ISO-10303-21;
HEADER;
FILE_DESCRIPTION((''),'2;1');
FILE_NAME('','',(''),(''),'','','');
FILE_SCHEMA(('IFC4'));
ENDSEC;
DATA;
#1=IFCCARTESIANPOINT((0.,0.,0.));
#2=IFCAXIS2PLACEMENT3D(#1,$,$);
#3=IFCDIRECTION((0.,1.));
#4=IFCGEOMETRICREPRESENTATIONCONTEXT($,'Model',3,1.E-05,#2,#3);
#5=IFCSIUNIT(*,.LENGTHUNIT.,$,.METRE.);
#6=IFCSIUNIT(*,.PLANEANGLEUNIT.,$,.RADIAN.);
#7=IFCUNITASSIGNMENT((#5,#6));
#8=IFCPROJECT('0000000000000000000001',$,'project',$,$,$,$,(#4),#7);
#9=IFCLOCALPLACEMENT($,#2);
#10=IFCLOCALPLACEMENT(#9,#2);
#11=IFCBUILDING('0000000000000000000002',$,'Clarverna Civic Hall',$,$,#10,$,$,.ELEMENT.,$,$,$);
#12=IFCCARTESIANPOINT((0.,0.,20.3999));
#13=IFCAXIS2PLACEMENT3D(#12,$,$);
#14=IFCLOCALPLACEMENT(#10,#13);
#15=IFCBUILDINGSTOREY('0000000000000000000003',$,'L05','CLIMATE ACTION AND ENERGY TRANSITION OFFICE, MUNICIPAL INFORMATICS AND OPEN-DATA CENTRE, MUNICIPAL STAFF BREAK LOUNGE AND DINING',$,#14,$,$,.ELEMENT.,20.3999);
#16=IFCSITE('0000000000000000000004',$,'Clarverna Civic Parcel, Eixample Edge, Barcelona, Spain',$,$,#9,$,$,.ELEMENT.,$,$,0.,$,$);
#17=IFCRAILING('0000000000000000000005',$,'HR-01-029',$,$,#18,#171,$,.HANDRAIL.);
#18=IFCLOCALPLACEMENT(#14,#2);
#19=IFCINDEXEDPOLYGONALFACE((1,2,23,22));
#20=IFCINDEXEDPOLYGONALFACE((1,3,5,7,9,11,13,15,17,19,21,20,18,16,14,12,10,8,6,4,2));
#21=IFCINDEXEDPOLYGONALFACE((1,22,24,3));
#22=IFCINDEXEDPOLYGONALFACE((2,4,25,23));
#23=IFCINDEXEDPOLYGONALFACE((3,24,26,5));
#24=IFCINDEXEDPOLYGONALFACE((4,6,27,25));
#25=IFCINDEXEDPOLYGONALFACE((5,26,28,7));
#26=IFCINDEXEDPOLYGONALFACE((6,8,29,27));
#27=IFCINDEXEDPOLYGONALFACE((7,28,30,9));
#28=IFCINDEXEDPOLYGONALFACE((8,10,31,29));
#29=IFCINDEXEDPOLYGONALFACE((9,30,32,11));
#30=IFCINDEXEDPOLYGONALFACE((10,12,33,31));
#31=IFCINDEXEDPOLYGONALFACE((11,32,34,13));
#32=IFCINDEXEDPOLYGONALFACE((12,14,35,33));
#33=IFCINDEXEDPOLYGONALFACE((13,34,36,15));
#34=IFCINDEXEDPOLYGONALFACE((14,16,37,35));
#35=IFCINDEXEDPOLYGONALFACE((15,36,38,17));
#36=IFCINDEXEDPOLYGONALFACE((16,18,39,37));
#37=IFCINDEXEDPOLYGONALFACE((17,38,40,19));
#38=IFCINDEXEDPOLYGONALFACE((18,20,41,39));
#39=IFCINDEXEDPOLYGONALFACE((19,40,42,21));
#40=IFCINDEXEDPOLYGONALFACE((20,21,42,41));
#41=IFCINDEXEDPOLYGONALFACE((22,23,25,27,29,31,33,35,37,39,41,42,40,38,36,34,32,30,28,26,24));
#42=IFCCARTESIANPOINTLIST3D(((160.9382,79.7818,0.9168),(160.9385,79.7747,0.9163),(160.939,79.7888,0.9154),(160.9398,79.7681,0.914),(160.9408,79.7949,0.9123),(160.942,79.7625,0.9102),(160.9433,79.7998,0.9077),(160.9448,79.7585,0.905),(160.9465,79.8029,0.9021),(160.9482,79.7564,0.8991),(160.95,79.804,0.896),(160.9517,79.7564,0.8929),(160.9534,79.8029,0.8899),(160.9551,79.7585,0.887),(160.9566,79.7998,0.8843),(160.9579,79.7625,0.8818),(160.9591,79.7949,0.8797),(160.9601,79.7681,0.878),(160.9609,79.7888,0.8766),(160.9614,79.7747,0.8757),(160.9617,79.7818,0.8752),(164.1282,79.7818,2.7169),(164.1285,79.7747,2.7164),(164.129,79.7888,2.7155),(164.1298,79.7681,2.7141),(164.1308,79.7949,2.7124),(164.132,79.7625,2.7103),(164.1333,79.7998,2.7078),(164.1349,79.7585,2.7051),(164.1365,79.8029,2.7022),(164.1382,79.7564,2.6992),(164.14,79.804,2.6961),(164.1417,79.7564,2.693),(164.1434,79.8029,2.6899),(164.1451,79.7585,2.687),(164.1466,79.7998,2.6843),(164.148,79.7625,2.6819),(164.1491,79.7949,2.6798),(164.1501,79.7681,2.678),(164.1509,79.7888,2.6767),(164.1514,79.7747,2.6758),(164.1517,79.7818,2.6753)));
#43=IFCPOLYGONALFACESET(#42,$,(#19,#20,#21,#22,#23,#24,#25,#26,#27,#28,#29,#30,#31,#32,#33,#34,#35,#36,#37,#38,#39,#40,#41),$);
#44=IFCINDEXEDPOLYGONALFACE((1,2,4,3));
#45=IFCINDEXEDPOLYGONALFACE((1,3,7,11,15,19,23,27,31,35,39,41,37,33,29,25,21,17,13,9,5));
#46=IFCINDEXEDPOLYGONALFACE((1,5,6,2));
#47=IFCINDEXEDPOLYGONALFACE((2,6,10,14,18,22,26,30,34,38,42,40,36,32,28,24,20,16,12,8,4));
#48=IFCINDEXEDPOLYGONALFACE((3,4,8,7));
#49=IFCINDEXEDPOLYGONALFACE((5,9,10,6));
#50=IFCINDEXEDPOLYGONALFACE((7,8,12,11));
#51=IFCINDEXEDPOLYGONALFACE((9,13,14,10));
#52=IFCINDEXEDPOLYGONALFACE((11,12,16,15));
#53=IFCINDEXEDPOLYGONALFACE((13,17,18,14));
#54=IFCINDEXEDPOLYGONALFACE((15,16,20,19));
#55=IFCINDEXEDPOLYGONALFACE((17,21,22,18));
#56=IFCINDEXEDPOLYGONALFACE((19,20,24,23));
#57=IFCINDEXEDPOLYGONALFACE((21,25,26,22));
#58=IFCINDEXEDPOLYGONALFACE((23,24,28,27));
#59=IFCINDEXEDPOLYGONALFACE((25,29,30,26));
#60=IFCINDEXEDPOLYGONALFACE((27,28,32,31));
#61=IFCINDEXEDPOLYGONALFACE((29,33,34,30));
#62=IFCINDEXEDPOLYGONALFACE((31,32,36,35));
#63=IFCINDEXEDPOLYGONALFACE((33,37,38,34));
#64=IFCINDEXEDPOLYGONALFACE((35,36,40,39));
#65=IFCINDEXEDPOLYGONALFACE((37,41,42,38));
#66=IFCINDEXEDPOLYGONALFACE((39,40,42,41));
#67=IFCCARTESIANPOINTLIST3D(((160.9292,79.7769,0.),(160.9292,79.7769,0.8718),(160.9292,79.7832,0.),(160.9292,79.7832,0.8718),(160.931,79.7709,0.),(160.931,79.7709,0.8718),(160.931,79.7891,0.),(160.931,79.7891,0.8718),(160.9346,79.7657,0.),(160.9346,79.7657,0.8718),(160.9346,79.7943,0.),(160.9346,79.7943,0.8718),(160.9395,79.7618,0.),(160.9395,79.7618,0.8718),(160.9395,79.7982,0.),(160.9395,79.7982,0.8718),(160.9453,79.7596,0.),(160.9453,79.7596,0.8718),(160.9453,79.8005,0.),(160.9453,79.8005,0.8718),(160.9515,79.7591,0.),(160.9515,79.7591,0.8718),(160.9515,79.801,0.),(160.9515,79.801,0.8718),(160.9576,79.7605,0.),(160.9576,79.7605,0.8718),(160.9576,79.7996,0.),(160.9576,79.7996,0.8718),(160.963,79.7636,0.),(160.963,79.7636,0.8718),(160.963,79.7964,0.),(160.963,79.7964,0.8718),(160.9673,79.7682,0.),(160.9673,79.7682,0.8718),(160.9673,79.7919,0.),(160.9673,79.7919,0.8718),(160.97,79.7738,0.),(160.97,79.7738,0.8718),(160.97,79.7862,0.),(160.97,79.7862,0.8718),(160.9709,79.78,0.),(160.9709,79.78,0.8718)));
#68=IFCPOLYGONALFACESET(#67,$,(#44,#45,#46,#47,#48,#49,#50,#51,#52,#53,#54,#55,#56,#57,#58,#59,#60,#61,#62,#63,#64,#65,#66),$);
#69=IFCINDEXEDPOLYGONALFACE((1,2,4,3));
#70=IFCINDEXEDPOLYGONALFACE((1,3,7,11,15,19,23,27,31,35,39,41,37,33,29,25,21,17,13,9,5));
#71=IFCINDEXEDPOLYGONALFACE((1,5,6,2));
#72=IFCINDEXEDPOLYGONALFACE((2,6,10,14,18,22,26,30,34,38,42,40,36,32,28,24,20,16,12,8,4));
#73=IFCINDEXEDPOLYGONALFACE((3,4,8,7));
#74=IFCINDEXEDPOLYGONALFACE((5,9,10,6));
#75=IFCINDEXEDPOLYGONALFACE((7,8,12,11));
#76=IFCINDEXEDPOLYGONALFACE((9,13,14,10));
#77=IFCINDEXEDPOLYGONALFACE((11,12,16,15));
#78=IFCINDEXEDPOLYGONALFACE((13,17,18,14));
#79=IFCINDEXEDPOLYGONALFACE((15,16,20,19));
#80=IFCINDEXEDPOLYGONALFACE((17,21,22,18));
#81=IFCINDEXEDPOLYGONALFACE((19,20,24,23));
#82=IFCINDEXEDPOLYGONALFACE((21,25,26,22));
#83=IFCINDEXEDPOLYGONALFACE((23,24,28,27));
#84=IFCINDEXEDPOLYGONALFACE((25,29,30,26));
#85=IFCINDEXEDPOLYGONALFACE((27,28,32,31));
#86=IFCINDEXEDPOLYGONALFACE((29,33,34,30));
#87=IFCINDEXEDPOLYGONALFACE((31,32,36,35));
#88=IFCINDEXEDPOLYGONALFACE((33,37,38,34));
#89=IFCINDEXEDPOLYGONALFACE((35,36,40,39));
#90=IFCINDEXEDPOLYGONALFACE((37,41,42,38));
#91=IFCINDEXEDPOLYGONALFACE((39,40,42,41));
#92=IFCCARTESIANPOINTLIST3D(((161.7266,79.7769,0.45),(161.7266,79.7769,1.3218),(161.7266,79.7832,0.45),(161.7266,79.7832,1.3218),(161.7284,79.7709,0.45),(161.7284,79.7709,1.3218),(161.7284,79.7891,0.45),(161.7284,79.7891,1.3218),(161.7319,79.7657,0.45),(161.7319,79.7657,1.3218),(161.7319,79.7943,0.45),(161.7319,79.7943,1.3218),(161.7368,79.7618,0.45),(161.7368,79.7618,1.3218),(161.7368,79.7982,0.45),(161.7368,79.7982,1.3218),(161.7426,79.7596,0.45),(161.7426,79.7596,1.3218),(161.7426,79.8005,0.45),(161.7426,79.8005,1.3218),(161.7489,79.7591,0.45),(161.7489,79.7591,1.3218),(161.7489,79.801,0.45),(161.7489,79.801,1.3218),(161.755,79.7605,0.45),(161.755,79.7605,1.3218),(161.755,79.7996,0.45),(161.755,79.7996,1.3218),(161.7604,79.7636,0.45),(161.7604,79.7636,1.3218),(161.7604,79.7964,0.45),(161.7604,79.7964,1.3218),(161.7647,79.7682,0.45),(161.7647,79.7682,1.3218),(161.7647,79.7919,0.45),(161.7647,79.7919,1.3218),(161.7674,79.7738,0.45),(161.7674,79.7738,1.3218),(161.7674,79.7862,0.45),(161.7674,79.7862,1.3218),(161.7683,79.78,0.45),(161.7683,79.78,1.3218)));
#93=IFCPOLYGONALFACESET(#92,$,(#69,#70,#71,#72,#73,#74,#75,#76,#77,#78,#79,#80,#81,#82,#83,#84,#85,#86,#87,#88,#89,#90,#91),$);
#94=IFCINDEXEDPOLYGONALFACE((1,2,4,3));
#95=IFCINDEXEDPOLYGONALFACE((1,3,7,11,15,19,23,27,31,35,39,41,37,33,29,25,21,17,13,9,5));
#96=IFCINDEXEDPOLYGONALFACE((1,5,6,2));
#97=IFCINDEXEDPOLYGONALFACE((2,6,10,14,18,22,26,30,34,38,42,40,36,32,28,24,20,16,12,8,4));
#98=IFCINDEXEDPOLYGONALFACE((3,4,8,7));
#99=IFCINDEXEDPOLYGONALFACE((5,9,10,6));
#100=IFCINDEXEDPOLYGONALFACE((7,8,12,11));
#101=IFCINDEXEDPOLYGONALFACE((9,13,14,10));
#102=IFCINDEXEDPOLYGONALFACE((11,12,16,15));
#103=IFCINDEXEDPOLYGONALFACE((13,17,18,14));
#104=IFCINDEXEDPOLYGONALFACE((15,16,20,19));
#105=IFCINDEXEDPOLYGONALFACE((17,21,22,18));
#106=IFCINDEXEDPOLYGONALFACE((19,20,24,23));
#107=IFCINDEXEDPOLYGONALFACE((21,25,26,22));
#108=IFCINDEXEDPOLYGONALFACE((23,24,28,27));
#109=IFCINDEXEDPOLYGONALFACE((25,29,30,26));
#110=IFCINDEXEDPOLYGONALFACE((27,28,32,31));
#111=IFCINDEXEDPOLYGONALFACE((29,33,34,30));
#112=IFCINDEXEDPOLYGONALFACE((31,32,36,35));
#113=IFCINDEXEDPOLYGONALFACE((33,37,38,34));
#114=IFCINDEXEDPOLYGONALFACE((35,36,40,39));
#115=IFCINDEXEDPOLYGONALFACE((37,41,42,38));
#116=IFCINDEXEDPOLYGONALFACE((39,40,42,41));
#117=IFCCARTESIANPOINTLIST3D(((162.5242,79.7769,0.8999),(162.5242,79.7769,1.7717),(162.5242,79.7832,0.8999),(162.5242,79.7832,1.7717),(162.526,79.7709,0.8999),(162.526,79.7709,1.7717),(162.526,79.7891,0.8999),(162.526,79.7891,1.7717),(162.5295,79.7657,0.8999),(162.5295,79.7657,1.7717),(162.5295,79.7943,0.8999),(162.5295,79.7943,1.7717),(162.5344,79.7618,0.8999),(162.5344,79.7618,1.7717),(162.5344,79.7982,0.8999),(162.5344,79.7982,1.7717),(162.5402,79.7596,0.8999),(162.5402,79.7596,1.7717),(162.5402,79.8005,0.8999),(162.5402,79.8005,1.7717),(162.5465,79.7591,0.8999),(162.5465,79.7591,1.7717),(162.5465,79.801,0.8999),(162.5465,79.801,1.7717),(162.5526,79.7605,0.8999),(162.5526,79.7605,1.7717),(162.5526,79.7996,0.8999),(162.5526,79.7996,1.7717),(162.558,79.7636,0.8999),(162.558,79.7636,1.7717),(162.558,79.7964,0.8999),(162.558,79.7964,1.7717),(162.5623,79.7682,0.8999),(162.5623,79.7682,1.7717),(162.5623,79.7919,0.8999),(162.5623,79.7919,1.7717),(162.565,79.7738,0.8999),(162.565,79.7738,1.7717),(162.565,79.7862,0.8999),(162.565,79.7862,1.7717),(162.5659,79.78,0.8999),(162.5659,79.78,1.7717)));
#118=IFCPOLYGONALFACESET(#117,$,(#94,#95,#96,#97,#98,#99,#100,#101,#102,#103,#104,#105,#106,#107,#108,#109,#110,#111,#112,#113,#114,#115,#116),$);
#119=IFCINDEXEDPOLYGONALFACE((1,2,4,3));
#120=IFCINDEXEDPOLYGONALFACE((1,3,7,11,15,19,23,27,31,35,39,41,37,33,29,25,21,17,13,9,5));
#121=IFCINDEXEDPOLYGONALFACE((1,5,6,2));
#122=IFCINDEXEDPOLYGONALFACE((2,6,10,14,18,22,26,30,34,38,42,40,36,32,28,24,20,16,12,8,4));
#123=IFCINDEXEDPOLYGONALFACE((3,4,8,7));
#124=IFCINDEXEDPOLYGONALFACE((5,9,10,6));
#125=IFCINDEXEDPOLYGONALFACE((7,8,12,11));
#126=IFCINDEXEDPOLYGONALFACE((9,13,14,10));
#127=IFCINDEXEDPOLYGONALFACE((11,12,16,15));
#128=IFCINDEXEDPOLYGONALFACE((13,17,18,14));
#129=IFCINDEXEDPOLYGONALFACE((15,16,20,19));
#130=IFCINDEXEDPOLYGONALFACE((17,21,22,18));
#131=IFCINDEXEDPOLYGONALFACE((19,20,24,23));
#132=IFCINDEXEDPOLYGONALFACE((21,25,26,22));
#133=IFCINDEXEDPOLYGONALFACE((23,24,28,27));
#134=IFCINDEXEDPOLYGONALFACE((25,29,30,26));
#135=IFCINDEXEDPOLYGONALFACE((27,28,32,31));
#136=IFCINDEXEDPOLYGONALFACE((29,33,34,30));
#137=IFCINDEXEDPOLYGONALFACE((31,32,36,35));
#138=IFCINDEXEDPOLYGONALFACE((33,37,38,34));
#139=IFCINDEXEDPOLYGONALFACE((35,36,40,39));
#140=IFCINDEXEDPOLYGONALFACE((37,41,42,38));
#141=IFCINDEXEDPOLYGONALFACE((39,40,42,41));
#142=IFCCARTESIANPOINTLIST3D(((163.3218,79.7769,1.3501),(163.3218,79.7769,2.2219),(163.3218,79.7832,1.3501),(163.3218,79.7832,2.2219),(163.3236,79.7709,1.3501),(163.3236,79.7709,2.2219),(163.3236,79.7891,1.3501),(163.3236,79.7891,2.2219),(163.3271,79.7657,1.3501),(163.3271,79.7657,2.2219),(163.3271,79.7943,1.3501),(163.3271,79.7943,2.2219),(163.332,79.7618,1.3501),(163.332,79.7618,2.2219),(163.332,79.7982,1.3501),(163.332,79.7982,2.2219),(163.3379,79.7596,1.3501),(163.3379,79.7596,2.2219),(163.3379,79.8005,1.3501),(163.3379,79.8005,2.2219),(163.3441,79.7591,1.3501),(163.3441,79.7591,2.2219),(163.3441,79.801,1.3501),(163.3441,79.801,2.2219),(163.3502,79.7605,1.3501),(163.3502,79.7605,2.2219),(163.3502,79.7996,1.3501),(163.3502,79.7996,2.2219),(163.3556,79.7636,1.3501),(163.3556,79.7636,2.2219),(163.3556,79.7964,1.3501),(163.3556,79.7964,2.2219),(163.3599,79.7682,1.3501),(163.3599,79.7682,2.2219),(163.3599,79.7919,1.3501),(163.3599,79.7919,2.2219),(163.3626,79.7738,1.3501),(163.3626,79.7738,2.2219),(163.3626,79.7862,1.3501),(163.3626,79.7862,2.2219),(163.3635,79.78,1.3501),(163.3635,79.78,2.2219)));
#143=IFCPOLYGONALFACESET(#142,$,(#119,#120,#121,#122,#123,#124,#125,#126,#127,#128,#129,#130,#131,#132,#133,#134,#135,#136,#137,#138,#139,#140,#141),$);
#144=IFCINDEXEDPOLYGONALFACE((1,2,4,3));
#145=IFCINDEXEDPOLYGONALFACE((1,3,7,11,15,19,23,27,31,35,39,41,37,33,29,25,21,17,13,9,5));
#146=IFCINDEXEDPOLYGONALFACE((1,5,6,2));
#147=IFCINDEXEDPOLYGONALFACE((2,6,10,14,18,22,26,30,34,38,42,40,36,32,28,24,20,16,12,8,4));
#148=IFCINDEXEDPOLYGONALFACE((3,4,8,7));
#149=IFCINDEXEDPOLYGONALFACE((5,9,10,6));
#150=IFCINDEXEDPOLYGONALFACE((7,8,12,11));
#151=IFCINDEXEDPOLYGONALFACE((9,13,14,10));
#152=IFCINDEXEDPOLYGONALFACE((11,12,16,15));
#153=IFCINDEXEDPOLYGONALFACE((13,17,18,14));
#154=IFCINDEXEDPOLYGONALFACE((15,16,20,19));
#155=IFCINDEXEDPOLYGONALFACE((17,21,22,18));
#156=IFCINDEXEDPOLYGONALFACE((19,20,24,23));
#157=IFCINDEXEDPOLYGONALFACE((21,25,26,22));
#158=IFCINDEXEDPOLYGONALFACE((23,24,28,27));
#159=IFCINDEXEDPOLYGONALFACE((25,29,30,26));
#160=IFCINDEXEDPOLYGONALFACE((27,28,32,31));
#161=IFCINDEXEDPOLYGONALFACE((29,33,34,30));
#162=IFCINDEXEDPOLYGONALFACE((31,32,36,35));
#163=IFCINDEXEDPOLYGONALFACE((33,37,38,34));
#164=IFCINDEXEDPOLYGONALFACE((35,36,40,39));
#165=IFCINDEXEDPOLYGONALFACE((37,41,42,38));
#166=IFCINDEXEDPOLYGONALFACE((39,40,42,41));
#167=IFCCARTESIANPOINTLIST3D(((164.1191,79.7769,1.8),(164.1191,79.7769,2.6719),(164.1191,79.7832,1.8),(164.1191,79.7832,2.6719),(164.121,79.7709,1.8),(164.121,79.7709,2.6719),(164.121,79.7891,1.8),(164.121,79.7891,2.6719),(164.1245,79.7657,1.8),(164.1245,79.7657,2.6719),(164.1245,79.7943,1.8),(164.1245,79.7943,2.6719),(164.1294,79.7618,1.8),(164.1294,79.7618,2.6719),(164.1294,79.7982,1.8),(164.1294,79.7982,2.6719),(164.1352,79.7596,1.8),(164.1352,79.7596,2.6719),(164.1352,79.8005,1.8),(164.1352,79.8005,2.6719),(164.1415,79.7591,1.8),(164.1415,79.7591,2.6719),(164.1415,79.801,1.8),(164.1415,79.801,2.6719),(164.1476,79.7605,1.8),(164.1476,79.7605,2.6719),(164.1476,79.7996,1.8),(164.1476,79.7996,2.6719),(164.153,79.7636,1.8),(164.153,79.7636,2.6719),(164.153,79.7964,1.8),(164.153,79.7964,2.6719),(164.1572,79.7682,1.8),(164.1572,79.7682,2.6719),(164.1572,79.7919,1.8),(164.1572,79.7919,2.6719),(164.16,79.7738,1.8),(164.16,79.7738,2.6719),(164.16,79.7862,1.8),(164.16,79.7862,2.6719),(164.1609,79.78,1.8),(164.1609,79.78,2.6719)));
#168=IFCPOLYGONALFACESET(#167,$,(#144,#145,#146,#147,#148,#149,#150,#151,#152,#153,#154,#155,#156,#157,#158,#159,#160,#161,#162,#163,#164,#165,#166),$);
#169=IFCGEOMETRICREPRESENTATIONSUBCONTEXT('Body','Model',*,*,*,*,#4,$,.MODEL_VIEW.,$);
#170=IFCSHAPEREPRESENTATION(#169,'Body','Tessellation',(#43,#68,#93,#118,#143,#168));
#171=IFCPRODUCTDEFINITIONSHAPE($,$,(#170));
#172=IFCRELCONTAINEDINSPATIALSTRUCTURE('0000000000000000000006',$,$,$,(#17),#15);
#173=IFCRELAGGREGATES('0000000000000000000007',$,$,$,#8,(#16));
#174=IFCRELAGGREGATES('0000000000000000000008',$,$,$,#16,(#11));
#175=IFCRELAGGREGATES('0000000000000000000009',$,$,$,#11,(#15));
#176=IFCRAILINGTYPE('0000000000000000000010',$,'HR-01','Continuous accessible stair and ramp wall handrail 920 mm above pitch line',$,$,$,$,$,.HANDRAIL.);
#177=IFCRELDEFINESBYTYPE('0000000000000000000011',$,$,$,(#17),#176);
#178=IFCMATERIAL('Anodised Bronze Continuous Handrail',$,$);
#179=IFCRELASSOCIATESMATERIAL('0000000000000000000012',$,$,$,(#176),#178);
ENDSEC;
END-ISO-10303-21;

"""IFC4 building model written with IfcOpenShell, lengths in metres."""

from ifc_helpers import new_model, si_unit, direction, frame, origin, origin_2d, place, context, subcontext, project, spatial, circle, extrude, material, type_object, element, save


model = new_model("IFC4")

# Units and contexts
model_context = context("Model", 3, precision=1e-05, world=origin(), true_north=direction((0.0, 1.0)))
body_context = subcontext(model_context, "Body", "Model", "MODEL_VIEW")
ifc_project = project(units=[si_unit("LENGTHUNIT", "METRE"), si_unit("PLANEANGLEUNIT", "RADIAN")], contexts=[model_context])

# Site, building, storey
site_placement = place(None, origin())
site = spatial("IfcSite", under=ifc_project, at=site_placement, Name="Clarverna Civic Parcel, Eixample Edge, Barcelona, Spain", CompositionType="ELEMENT", RefElevation=0.0)
building_placement = place(site_placement, origin())
building = spatial("IfcBuilding", under=site, at=building_placement, Name="Clarverna Civic Hall", CompositionType="ELEMENT")
storey_placement = place(building_placement, frame((0.0, 0.0, 20.3999)))
storey = spatial("IfcBuildingStorey", under=building, at=storey_placement, Name="L05", Description="CLIMATE ACTION AND ENERGY TRANSITION OFFICE, MUNICIPAL INFORMATICS AND OPEN-DATA CENTRE, MUNICIPAL STAFF BREAK LOUNGE AND DINING", CompositionType="ELEMENT", Elevation=20.3999)

# Railing
ifc_material_1 = material(Name="Anodised Bronze Continuous Handrail")
railing_type_1 = type_object("IfcRailingType", Name="HR-01", Description="Continuous accessible stair and ramp wall handrail 920 mm above pitch line", PredefinedType="HANDRAIL", material=ifc_material_1)
railing_1_placement = place(storey_placement, frame((160.95, 79.78, 0.0)))
element("IfcRailing", 1, at=railing_1_placement, inside=storey, type_object=railing_type_1, Name="HR-01-029", PredefinedType="HANDRAIL", context=body_context, shape_type="SweptSolid", body=[
    extrude(circle(Radius=0.0239, at=origin_2d()), frame((0.0, 0.0, 0.896), z_axis=(0.870909, 0.0, 0.491444), x_axis=(0.0, 1.0, 0.0)), (0.0, 0.0, 1.0), 3.6628),
    extrude(circle(Radius=0.021, at=origin_2d()), origin(), (0.0, 0.0, 1.0), 0.8718),
    extrude(circle(Radius=0.021, at=origin_2d()), frame((0.7974, 0.0, 0.45)), (0.0, 0.0, 1.0), 0.8718),
    extrude(circle(Radius=0.021, at=origin_2d()), frame((1.595, 0.0, 0.8999)), (0.0, 0.0, 1.0), 0.8718),
    extrude(circle(Radius=0.021, at=origin_2d()), frame((2.3926, 0.0, 1.3501)), (0.0, 0.0, 1.0), 0.8718),
    extrude(circle(Radius=0.021, at=origin_2d()), frame((3.1899, 0.0, 1.8)), (0.0, 0.0, 1.0), 0.8718),
])

save(model, "model.ifc")
